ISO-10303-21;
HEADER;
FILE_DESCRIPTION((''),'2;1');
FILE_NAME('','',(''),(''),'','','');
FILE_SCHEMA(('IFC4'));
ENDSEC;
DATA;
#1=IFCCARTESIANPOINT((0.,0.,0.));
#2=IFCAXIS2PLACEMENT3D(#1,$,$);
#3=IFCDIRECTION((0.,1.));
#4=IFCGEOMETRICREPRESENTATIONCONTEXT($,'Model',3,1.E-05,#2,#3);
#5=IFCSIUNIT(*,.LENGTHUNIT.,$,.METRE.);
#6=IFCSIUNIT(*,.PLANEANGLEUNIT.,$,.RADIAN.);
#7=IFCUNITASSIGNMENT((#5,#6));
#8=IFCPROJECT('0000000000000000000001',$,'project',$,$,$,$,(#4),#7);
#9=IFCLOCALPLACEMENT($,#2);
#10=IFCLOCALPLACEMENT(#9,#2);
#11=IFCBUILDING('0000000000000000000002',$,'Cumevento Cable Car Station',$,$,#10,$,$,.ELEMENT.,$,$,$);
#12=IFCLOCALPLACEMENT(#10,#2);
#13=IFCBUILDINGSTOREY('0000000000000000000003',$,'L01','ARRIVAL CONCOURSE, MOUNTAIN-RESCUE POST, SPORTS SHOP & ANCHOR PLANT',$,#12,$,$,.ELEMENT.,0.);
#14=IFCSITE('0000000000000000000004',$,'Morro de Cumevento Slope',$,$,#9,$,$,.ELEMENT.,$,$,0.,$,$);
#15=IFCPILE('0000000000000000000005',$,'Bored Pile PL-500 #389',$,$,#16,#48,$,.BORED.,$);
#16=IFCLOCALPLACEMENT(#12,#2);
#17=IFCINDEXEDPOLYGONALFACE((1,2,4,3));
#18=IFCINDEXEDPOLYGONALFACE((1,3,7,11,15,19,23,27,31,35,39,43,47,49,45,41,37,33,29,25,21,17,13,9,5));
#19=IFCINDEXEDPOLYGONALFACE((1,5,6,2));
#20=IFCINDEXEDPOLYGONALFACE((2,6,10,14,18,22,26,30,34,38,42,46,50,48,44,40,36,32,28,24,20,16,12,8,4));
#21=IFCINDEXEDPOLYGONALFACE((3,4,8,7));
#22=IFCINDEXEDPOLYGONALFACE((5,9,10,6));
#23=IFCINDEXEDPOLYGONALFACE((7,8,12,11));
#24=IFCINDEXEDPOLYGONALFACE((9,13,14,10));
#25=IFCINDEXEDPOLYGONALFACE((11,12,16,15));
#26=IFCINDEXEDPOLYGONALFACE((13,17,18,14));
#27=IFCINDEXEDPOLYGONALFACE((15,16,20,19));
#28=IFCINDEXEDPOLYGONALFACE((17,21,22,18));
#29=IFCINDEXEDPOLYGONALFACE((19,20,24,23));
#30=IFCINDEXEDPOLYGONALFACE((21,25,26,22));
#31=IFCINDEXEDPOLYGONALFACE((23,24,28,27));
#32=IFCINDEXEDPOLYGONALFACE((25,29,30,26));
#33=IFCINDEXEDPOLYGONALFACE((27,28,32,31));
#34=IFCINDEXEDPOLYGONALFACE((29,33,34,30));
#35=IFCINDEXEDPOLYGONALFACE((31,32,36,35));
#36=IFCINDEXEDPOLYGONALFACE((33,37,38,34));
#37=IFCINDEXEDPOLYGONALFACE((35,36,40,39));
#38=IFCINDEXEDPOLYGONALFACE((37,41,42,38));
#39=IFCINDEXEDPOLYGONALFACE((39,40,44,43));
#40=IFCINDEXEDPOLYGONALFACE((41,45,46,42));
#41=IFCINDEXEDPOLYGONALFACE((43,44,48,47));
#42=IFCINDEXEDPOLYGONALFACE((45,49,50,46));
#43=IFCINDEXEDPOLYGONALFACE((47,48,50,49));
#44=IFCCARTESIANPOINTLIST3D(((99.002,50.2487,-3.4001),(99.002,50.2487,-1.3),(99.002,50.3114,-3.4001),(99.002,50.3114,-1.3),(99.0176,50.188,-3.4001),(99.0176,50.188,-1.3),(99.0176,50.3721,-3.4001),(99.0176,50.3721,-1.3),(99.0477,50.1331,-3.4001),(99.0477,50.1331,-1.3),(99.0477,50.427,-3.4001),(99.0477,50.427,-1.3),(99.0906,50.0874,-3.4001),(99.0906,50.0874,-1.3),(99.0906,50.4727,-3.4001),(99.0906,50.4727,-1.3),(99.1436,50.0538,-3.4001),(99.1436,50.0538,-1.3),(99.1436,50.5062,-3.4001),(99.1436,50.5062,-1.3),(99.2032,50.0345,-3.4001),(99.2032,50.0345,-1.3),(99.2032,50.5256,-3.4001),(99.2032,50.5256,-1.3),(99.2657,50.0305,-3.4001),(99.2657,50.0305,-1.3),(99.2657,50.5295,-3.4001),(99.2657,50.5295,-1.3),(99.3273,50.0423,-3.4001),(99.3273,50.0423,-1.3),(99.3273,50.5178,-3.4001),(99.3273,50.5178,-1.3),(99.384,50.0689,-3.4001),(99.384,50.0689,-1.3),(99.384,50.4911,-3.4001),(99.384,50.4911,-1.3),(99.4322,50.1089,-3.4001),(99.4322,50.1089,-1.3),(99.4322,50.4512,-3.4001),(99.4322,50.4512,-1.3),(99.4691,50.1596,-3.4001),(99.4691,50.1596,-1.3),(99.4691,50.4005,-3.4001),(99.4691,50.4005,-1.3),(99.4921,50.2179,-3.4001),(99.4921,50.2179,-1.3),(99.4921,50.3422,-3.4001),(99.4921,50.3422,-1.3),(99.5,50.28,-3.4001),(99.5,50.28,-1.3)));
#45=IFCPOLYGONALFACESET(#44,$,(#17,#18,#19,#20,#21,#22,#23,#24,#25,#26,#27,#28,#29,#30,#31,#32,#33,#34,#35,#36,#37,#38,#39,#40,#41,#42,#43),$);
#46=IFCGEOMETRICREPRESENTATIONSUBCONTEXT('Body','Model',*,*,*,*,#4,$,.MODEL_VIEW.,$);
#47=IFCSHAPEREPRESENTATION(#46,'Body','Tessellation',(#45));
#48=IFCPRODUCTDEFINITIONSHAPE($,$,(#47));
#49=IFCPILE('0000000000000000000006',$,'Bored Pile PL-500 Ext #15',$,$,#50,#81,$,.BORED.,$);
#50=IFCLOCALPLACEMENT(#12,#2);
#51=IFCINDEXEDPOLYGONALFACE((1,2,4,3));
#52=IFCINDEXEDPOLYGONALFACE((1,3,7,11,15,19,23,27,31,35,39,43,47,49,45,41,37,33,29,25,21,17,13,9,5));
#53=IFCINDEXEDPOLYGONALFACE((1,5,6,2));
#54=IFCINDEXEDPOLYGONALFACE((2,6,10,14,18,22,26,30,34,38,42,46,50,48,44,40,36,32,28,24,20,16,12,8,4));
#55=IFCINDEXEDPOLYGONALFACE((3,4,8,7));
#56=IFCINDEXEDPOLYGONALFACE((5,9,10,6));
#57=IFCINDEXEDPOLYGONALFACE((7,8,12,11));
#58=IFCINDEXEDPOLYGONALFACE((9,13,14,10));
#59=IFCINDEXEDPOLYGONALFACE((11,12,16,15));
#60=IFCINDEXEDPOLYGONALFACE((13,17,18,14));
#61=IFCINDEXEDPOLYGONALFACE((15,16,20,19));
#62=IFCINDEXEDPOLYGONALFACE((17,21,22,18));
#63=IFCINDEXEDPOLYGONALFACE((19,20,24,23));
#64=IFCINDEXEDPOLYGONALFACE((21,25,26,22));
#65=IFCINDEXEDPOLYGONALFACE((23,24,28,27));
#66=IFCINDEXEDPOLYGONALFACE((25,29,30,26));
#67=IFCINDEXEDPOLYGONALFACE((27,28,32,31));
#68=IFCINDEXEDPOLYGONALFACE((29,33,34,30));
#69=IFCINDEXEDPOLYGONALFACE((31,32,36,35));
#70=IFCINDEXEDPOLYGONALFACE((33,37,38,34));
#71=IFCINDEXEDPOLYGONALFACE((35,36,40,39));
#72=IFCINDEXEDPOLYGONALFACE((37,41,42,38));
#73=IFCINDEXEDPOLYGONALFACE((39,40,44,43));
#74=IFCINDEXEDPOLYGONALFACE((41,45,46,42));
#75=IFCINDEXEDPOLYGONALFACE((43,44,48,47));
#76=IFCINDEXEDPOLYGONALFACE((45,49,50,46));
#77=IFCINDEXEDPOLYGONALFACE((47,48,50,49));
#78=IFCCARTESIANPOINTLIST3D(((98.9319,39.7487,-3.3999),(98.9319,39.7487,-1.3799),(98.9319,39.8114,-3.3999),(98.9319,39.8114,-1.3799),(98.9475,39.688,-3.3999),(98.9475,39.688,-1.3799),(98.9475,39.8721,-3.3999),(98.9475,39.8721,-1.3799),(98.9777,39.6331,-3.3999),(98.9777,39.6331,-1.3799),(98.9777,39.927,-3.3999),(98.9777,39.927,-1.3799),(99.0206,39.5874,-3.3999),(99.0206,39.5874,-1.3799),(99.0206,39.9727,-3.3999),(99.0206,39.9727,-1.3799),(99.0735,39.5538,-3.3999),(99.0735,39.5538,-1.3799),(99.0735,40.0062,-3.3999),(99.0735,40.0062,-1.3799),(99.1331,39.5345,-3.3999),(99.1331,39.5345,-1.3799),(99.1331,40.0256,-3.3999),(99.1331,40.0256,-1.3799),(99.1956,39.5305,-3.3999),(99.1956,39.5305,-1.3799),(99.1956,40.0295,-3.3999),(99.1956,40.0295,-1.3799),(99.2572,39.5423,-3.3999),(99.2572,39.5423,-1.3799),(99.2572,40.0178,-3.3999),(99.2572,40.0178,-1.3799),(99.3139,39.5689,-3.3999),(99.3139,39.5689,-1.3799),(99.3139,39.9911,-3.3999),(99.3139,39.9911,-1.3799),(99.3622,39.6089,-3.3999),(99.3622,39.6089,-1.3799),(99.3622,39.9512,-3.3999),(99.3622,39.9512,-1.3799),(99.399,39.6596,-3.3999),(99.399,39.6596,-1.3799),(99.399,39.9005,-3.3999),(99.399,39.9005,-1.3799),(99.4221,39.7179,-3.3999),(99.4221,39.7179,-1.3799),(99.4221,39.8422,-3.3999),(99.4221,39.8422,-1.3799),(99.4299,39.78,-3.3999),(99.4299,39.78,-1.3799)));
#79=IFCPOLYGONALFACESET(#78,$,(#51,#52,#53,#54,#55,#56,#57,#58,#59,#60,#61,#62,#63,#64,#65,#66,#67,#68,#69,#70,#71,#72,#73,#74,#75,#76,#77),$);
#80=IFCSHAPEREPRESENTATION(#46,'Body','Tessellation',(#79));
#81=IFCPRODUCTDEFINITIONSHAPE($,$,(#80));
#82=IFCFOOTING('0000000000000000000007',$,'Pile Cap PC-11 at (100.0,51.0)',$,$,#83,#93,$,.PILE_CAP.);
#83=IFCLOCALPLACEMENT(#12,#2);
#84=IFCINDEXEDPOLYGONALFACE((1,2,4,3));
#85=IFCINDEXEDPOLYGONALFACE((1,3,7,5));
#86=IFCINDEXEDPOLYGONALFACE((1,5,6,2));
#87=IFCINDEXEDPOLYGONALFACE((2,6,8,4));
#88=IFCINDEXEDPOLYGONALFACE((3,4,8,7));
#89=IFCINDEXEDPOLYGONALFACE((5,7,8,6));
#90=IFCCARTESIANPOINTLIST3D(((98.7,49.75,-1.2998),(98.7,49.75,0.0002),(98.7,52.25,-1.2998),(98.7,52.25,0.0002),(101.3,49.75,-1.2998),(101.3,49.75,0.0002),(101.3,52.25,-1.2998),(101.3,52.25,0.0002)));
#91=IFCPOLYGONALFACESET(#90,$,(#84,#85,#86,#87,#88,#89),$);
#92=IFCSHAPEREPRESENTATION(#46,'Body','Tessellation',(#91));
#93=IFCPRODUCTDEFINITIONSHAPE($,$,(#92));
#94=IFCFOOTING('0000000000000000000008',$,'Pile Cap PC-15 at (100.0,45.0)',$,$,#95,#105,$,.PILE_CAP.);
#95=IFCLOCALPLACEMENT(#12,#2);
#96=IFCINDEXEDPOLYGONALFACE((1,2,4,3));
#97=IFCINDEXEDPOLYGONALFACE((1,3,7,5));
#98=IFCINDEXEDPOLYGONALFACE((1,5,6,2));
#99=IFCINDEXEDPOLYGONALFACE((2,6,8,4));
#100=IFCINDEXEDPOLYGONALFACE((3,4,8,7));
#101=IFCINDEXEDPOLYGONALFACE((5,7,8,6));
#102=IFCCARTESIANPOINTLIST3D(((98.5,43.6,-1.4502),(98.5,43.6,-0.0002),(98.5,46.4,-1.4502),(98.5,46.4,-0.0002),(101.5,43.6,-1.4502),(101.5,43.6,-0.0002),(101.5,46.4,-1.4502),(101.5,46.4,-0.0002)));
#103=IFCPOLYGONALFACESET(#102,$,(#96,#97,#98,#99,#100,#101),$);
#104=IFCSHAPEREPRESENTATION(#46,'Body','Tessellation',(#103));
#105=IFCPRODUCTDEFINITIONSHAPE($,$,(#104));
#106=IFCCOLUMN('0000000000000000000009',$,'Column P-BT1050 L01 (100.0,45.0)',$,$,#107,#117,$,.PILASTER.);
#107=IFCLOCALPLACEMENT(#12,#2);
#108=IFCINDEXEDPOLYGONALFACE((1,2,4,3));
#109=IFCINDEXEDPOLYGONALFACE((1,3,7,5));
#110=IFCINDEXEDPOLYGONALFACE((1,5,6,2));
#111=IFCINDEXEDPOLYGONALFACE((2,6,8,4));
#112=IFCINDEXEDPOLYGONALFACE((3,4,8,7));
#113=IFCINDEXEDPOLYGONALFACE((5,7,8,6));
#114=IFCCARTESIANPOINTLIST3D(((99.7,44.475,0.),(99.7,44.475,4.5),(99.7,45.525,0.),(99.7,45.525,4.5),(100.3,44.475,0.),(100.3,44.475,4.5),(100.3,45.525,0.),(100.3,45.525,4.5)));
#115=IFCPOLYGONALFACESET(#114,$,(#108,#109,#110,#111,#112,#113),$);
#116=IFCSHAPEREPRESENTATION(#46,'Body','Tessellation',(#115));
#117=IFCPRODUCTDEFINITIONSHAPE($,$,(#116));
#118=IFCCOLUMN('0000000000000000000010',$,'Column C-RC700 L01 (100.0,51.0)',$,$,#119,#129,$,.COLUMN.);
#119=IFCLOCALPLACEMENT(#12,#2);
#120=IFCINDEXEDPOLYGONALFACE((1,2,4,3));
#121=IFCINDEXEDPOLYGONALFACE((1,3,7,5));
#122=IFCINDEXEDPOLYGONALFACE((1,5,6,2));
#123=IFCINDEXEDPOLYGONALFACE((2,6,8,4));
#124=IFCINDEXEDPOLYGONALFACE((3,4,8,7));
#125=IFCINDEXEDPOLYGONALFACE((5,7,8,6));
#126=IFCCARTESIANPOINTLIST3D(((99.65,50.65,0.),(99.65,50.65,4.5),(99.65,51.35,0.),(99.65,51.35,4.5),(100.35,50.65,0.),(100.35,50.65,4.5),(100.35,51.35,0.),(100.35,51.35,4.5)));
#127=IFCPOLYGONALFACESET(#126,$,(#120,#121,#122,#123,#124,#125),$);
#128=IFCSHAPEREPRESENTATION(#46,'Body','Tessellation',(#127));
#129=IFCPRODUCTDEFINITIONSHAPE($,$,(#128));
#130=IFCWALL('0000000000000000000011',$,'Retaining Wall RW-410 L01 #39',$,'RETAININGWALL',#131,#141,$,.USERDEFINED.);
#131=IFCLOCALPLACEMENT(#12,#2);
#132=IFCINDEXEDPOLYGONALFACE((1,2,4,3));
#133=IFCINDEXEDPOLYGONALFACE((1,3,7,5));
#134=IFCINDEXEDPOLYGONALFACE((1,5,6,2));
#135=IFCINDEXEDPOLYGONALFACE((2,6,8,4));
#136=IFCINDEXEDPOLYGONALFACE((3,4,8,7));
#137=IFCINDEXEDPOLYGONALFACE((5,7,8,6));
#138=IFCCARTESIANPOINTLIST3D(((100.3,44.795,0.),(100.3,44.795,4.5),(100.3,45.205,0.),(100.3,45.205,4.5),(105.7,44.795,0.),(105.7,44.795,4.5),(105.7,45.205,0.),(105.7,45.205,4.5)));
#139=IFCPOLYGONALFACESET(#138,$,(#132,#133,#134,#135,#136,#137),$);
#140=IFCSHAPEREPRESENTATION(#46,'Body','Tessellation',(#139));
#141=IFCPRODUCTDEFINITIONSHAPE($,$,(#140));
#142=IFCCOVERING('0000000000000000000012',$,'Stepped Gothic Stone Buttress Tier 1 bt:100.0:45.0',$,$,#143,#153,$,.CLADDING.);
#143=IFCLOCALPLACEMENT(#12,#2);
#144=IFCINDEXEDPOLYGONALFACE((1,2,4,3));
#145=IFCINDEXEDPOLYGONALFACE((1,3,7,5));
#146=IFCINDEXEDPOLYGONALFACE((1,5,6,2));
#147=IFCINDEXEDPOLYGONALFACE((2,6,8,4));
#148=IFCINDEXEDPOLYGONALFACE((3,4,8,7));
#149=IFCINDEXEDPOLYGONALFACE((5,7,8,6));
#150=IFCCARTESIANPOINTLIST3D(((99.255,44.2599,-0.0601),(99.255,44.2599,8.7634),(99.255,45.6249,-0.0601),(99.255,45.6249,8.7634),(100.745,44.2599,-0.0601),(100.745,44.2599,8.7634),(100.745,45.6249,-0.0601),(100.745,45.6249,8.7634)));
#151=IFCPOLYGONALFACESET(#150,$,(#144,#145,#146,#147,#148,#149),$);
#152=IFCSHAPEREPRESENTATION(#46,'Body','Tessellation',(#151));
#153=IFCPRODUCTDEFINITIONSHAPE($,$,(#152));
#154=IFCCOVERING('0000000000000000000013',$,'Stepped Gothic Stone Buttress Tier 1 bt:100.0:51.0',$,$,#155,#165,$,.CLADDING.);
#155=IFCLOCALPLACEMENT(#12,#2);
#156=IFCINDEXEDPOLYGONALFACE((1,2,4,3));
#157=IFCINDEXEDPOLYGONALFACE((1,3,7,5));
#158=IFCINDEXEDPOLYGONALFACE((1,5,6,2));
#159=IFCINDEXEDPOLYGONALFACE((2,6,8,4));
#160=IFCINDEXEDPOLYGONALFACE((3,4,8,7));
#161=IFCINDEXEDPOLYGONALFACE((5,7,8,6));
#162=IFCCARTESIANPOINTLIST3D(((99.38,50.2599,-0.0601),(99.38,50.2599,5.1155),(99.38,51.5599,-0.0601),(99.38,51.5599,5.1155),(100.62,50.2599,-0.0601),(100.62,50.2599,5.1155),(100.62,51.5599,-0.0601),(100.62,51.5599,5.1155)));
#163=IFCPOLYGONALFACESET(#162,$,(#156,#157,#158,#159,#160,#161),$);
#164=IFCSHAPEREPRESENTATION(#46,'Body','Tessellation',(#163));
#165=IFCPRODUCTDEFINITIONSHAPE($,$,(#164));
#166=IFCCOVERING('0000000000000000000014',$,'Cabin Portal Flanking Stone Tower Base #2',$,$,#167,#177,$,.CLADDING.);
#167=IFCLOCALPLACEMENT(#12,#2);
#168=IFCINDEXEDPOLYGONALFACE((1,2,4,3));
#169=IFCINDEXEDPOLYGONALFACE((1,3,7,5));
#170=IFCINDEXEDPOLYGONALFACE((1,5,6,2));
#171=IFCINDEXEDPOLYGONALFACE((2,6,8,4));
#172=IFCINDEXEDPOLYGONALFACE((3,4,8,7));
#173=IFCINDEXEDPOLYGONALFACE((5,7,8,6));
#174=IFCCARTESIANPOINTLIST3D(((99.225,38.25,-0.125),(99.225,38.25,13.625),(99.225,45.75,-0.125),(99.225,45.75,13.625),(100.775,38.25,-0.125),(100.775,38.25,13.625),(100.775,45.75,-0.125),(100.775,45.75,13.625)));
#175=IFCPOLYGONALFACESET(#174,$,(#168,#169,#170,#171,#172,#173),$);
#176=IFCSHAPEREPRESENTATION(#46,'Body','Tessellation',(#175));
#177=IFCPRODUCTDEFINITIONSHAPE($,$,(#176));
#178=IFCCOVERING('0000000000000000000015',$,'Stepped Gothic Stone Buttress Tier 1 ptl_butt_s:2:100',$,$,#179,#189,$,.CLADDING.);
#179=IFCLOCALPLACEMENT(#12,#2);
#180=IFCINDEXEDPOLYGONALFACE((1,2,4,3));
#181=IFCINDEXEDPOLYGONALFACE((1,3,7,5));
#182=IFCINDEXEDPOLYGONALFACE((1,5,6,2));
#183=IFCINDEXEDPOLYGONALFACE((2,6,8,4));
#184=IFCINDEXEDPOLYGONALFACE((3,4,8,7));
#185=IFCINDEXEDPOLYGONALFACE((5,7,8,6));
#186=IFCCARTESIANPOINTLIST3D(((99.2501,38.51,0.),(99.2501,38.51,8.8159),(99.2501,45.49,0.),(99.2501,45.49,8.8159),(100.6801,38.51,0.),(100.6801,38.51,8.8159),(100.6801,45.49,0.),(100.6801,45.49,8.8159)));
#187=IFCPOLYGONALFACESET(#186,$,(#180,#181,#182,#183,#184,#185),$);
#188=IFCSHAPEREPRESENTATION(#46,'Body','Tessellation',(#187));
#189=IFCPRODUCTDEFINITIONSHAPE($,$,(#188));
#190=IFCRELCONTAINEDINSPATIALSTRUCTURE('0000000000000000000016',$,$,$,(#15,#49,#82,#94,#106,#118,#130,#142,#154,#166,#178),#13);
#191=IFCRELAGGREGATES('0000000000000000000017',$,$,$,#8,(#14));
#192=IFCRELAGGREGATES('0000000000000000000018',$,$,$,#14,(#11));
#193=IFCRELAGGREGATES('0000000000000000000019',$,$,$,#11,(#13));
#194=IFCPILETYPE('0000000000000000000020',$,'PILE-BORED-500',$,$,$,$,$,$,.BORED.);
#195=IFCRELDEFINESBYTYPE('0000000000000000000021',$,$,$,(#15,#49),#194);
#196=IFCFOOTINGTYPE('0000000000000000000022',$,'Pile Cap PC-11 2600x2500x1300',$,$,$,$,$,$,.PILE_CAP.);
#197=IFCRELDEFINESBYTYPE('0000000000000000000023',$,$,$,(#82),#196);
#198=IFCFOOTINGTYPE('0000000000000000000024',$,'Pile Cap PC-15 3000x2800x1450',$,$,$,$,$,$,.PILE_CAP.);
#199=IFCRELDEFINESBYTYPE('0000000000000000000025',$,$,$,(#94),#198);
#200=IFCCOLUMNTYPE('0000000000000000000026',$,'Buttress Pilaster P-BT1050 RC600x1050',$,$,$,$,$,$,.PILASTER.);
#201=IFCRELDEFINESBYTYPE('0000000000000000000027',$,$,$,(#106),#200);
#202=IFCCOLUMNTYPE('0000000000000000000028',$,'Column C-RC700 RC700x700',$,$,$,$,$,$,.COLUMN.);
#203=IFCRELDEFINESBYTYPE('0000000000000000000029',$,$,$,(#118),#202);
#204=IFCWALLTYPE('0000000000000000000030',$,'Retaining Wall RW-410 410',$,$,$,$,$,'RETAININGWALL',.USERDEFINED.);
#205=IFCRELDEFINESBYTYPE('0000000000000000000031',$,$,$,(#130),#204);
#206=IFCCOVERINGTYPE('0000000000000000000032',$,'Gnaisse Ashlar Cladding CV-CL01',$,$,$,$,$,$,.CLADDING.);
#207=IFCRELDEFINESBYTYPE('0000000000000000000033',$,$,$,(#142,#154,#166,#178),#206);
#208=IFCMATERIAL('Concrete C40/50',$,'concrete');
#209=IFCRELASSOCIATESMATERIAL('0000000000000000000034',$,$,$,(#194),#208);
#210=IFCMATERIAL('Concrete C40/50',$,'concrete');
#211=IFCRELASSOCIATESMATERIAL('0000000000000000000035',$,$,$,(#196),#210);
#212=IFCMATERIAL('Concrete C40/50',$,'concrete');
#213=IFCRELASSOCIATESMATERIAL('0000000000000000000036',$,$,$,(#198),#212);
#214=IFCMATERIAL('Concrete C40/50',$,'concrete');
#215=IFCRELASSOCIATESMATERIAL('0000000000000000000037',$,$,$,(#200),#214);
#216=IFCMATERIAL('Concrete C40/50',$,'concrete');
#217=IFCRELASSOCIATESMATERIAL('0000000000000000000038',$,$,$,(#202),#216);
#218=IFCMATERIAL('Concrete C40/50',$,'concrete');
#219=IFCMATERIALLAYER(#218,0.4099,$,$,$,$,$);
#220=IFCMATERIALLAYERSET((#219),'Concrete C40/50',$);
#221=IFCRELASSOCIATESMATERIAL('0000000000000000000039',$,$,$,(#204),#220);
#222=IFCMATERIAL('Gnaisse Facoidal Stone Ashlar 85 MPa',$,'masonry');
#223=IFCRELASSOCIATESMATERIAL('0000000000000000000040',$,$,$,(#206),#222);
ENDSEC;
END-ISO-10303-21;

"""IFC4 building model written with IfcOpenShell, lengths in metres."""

from ifc_helpers import new_model, si_unit, direction, frame, frame_2d, origin, origin_2d, place, context, subcontext, project, spatial, rectangle, circle, extrude, material, layer, layer_set, material_profile, profile_set, type_object, element, save


model = new_model("IFC4")

# Units and contexts
model_context = context("Model", 3, precision=1e-05, world=origin(), true_north=direction((0.0, 1.0)))
body_context = subcontext(model_context, "Body", "Model", "MODEL_VIEW")
ifc_project = project(units=[si_unit("LENGTHUNIT", "METRE"), si_unit("PLANEANGLEUNIT", "RADIAN")], contexts=[model_context])

# Site, building, storey
site_placement = place(None, origin())
site = spatial("IfcSite", under=ifc_project, at=site_placement, Name="Morro de Cumevento Slope", CompositionType="ELEMENT", RefElevation=0.0)
building_placement = place(site_placement, origin())
building = spatial("IfcBuilding", under=site, at=building_placement, Name="Cumevento Cable Car Station", CompositionType="ELEMENT")
storey_placement = place(building_placement, origin())
storey = spatial("IfcBuildingStorey", under=building, at=storey_placement, Name="L01", Description="ARRIVAL CONCOURSE, MOUNTAIN-RESCUE POST, SPORTS SHOP & ANCHOR PLANT", CompositionType="ELEMENT", Elevation=0.0)

# Piles
ifc_material_1 = material(Name="Concrete C40/50", Category="concrete")
ifc_material_profile_1 = material_profile(ifc_material_1, circle(Radius=0.25, at=origin_2d()), Name="PILE-D500")
ifc_profile_set_1 = profile_set([ifc_material_profile_1], Name="Concrete C40/50")
pile_type_1 = type_object("IfcPileType", Name="PILE-BORED-500", PredefinedType="BORED", material=ifc_profile_set_1)
pile_1_placement = place(storey_placement, frame((99.25, 50.28, -1.3), z_axis=(0.0, 0.0, -1.0), x_axis=(1.0, 0.0, 0.0)))
element("IfcPile", 1, at=pile_1_placement, inside=storey, type_object=pile_type_1, Name="Bored Pile PL-500 #389", PredefinedType="BORED", context=body_context, shape_type="SweptSolid", body=[
    extrude(circle(Radius=0.25, at=origin_2d()), origin(), (0.0, 0.0, 1.0), 2.1001),
])
pile_2_placement = place(storey_placement, frame((99.1799, 39.78, -1.3799), z_axis=(0.0, 0.0, -1.0), x_axis=(1.0, 0.0, 0.0)))
element("IfcPile", 2, at=pile_2_placement, inside=storey, type_object=pile_type_1, Name="Bored Pile PL-500 Ext #15", PredefinedType="BORED", context=body_context, shape_type="SweptSolid", body=[
    extrude(circle(Radius=0.25, at=origin_2d()), origin(), (0.0, 0.0, 1.0), 2.02),
])

# Footings
ifc_material_2 = material(Name="Concrete C40/50", Category="concrete")
footing_type_1 = type_object("IfcFootingType", Name="Pile Cap PC-11 2600x2500x1300", PredefinedType="PILE_CAP", material=ifc_material_2)
footing_1_placement = place(storey_placement, frame((100.0, 51.0, -1.2998), z_axis=(0.0, 0.0, 1.0), x_axis=(1.0, 0.0, 0.0)))
element("IfcFooting", 3, at=footing_1_placement, inside=storey, type_object=footing_type_1, Name="Pile Cap PC-11 at (100.0,51.0)", PredefinedType="PILE_CAP", context=body_context, shape_type="SweptSolid", body=[
    extrude(rectangle(XDim=2.6001, YDim=2.5, at=origin_2d()), origin(), (0.0, 0.0, 1.0), 1.3),
])
ifc_material_3 = material(Name="Concrete C40/50", Category="concrete")
footing_type_2 = type_object("IfcFootingType", Name="Pile Cap PC-15 3000x2800x1450", PredefinedType="PILE_CAP", material=ifc_material_3)
footing_2_placement = place(storey_placement, frame((100.0, 45.0, -1.4502), z_axis=(0.0, 0.0, 1.0), x_axis=(1.0, 0.0, 0.0)))
element("IfcFooting", 4, at=footing_2_placement, inside=storey, type_object=footing_type_2, Name="Pile Cap PC-15 at (100.0,45.0)", PredefinedType="PILE_CAP", context=body_context, shape_type="SweptSolid", body=[
    extrude(rectangle(XDim=3.0, YDim=2.8, at=origin_2d()), origin(), (0.0, 0.0, 1.0), 1.45),
])

# Columns
ifc_material_4 = material(Name="Concrete C40/50", Category="concrete")
ifc_material_profile_2 = material_profile(ifc_material_4, rectangle(XDim=0.6001, YDim=1.05, at=origin_2d()), Name="RC600x1050")
ifc_profile_set_2 = profile_set([ifc_material_profile_2], Name="Concrete C40/50")
column_type_1 = type_object("IfcColumnType", Name="Buttress Pilaster P-BT1050 RC600x1050", PredefinedType="PILASTER", material=ifc_profile_set_2)
column_1_placement = place(storey_placement, frame((100.0, 45.0, 0.0), z_axis=(0.0, 0.0, 1.0), x_axis=(1.0, 0.0, 0.0)))
element("IfcColumn", 5, at=column_1_placement, inside=storey, type_object=column_type_1, Name="Column P-BT1050 L01 (100.0,45.0)", PredefinedType="PILASTER", context=body_context, shape_type="SweptSolid", body=[
    extrude(rectangle(XDim=0.6001, YDim=1.05, at=origin_2d()), origin(), (0.0, 0.0, 1.0), 4.5),
])
ifc_material_5 = material(Name="Concrete C40/50", Category="concrete")
ifc_material_profile_3 = material_profile(ifc_material_5, rectangle(XDim=0.7, YDim=0.7, at=origin_2d()), Name="RC700x700")
ifc_profile_set_3 = profile_set([ifc_material_profile_3], Name="Concrete C40/50")
column_type_2 = type_object("IfcColumnType", Name="Column C-RC700 RC700x700", PredefinedType="COLUMN", material=ifc_profile_set_3)
column_2_placement = place(storey_placement, frame((100.0, 51.0, 0.0), z_axis=(0.0, 0.0, 1.0), x_axis=(1.0, 0.0, 0.0)))
element("IfcColumn", 6, at=column_2_placement, inside=storey, type_object=column_type_2, Name="Column C-RC700 L01 (100.0,51.0)", PredefinedType="COLUMN", context=body_context, shape_type="SweptSolid", body=[
    extrude(rectangle(XDim=0.7, YDim=0.7, at=origin_2d()), origin(), (0.0, 0.0, 1.0), 4.5),
])

# Wall
ifc_material_6 = material(Name="Concrete C40/50", Category="concrete")
ifc_layer = layer(ifc_material_6, 0.4099)
ifc_layer_set = layer_set([ifc_layer], Name="Concrete C40/50")
wall_type = type_object("IfcWallType", Name="Retaining Wall RW-410 410", ElementType="RETAININGWALL", PredefinedType="USERDEFINED", material=ifc_layer_set)
wall_placement = place(storey_placement, frame((100.3, 45.0, 0.0), z_axis=(0.0, 0.0, 1.0), x_axis=(1.0, 0.0, 0.0)))
element("IfcWall", 7, at=wall_placement, inside=storey, type_object=wall_type, Name="Retaining Wall RW-410 L01 #39", ObjectType="RETAININGWALL", PredefinedType="USERDEFINED", context=body_context, shape_type="SweptSolid", body=[
    extrude(rectangle(XDim=5.3999, YDim=0.4099, at=frame_2d((2.7, 0.0))), origin(), (0.0, 0.0, 1.0), 4.5),
])

# Coverings
ifc_material_7 = material(Name="Gnaisse Facoidal Stone Ashlar 85 MPa", Category="masonry")
covering_type = type_object("IfcCoveringType", Name="Gnaisse Ashlar Cladding CV-CL01", PredefinedType="CLADDING", material=ifc_material_7)
covering_1_placement = place(storey_placement, frame((100.0, 44.9424, -0.0601), z_axis=(0.0, 0.0, 1.0), x_axis=(1.0, 0.0, 0.0)))
element("IfcCovering", 8, at=covering_1_placement, inside=storey, type_object=covering_type, Name="Stepped Gothic Stone Buttress Tier 1 bt:100.0:45.0", PredefinedType="CLADDING", context=body_context, shape_type="SweptSolid", body=[
    extrude(rectangle(XDim=1.49, YDim=1.365, at=origin_2d()), origin(), (0.0, 0.0, 1.0), 8.8235),
])
covering_2_placement = place(storey_placement, frame((100.0, 50.9099, -0.0601), z_axis=(0.0, 0.0, 1.0), x_axis=(1.0, 0.0, 0.0)))
element("IfcCovering", 9, at=covering_2_placement, inside=storey, type_object=covering_type, Name="Stepped Gothic Stone Buttress Tier 1 bt:100.0:51.0", PredefinedType="CLADDING", context=body_context, shape_type="SweptSolid", body=[
    extrude(rectangle(XDim=1.24, YDim=1.3, at=origin_2d()), origin(), (0.0, 0.0, 1.0), 5.1755),
])
covering_3_placement = place(storey_placement, frame((100.0, 42.0, -0.125), z_axis=(0.0, 0.0, 1.0), x_axis=(1.0, 0.0, 0.0)))
element("IfcCovering", 10, at=covering_3_placement, inside=storey, type_object=covering_type, Name="Cabin Portal Flanking Stone Tower Base #2", PredefinedType="CLADDING", context=body_context, shape_type="SweptSolid", body=[
    extrude(rectangle(XDim=1.55, YDim=7.5, at=origin_2d()), origin(), (0.0, 0.0, 1.0), 13.75),
])
covering_4_placement = place(storey_placement, frame((99.9651, 42.0, 0.0), z_axis=(0.0, 0.0, 1.0), x_axis=(0.0, 1.0, 0.0)))
element("IfcCovering", 11, at=covering_4_placement, inside=storey, type_object=covering_type, Name="Stepped Gothic Stone Buttress Tier 1 ptl_butt_s:2:100", PredefinedType="CLADDING", context=body_context, shape_type="SweptSolid", body=[
    extrude(rectangle(XDim=6.98, YDim=1.4299, at=origin_2d()), origin(), (0.0, 0.0, 1.0), 8.8159),
])

save(model, "model.ifc")
